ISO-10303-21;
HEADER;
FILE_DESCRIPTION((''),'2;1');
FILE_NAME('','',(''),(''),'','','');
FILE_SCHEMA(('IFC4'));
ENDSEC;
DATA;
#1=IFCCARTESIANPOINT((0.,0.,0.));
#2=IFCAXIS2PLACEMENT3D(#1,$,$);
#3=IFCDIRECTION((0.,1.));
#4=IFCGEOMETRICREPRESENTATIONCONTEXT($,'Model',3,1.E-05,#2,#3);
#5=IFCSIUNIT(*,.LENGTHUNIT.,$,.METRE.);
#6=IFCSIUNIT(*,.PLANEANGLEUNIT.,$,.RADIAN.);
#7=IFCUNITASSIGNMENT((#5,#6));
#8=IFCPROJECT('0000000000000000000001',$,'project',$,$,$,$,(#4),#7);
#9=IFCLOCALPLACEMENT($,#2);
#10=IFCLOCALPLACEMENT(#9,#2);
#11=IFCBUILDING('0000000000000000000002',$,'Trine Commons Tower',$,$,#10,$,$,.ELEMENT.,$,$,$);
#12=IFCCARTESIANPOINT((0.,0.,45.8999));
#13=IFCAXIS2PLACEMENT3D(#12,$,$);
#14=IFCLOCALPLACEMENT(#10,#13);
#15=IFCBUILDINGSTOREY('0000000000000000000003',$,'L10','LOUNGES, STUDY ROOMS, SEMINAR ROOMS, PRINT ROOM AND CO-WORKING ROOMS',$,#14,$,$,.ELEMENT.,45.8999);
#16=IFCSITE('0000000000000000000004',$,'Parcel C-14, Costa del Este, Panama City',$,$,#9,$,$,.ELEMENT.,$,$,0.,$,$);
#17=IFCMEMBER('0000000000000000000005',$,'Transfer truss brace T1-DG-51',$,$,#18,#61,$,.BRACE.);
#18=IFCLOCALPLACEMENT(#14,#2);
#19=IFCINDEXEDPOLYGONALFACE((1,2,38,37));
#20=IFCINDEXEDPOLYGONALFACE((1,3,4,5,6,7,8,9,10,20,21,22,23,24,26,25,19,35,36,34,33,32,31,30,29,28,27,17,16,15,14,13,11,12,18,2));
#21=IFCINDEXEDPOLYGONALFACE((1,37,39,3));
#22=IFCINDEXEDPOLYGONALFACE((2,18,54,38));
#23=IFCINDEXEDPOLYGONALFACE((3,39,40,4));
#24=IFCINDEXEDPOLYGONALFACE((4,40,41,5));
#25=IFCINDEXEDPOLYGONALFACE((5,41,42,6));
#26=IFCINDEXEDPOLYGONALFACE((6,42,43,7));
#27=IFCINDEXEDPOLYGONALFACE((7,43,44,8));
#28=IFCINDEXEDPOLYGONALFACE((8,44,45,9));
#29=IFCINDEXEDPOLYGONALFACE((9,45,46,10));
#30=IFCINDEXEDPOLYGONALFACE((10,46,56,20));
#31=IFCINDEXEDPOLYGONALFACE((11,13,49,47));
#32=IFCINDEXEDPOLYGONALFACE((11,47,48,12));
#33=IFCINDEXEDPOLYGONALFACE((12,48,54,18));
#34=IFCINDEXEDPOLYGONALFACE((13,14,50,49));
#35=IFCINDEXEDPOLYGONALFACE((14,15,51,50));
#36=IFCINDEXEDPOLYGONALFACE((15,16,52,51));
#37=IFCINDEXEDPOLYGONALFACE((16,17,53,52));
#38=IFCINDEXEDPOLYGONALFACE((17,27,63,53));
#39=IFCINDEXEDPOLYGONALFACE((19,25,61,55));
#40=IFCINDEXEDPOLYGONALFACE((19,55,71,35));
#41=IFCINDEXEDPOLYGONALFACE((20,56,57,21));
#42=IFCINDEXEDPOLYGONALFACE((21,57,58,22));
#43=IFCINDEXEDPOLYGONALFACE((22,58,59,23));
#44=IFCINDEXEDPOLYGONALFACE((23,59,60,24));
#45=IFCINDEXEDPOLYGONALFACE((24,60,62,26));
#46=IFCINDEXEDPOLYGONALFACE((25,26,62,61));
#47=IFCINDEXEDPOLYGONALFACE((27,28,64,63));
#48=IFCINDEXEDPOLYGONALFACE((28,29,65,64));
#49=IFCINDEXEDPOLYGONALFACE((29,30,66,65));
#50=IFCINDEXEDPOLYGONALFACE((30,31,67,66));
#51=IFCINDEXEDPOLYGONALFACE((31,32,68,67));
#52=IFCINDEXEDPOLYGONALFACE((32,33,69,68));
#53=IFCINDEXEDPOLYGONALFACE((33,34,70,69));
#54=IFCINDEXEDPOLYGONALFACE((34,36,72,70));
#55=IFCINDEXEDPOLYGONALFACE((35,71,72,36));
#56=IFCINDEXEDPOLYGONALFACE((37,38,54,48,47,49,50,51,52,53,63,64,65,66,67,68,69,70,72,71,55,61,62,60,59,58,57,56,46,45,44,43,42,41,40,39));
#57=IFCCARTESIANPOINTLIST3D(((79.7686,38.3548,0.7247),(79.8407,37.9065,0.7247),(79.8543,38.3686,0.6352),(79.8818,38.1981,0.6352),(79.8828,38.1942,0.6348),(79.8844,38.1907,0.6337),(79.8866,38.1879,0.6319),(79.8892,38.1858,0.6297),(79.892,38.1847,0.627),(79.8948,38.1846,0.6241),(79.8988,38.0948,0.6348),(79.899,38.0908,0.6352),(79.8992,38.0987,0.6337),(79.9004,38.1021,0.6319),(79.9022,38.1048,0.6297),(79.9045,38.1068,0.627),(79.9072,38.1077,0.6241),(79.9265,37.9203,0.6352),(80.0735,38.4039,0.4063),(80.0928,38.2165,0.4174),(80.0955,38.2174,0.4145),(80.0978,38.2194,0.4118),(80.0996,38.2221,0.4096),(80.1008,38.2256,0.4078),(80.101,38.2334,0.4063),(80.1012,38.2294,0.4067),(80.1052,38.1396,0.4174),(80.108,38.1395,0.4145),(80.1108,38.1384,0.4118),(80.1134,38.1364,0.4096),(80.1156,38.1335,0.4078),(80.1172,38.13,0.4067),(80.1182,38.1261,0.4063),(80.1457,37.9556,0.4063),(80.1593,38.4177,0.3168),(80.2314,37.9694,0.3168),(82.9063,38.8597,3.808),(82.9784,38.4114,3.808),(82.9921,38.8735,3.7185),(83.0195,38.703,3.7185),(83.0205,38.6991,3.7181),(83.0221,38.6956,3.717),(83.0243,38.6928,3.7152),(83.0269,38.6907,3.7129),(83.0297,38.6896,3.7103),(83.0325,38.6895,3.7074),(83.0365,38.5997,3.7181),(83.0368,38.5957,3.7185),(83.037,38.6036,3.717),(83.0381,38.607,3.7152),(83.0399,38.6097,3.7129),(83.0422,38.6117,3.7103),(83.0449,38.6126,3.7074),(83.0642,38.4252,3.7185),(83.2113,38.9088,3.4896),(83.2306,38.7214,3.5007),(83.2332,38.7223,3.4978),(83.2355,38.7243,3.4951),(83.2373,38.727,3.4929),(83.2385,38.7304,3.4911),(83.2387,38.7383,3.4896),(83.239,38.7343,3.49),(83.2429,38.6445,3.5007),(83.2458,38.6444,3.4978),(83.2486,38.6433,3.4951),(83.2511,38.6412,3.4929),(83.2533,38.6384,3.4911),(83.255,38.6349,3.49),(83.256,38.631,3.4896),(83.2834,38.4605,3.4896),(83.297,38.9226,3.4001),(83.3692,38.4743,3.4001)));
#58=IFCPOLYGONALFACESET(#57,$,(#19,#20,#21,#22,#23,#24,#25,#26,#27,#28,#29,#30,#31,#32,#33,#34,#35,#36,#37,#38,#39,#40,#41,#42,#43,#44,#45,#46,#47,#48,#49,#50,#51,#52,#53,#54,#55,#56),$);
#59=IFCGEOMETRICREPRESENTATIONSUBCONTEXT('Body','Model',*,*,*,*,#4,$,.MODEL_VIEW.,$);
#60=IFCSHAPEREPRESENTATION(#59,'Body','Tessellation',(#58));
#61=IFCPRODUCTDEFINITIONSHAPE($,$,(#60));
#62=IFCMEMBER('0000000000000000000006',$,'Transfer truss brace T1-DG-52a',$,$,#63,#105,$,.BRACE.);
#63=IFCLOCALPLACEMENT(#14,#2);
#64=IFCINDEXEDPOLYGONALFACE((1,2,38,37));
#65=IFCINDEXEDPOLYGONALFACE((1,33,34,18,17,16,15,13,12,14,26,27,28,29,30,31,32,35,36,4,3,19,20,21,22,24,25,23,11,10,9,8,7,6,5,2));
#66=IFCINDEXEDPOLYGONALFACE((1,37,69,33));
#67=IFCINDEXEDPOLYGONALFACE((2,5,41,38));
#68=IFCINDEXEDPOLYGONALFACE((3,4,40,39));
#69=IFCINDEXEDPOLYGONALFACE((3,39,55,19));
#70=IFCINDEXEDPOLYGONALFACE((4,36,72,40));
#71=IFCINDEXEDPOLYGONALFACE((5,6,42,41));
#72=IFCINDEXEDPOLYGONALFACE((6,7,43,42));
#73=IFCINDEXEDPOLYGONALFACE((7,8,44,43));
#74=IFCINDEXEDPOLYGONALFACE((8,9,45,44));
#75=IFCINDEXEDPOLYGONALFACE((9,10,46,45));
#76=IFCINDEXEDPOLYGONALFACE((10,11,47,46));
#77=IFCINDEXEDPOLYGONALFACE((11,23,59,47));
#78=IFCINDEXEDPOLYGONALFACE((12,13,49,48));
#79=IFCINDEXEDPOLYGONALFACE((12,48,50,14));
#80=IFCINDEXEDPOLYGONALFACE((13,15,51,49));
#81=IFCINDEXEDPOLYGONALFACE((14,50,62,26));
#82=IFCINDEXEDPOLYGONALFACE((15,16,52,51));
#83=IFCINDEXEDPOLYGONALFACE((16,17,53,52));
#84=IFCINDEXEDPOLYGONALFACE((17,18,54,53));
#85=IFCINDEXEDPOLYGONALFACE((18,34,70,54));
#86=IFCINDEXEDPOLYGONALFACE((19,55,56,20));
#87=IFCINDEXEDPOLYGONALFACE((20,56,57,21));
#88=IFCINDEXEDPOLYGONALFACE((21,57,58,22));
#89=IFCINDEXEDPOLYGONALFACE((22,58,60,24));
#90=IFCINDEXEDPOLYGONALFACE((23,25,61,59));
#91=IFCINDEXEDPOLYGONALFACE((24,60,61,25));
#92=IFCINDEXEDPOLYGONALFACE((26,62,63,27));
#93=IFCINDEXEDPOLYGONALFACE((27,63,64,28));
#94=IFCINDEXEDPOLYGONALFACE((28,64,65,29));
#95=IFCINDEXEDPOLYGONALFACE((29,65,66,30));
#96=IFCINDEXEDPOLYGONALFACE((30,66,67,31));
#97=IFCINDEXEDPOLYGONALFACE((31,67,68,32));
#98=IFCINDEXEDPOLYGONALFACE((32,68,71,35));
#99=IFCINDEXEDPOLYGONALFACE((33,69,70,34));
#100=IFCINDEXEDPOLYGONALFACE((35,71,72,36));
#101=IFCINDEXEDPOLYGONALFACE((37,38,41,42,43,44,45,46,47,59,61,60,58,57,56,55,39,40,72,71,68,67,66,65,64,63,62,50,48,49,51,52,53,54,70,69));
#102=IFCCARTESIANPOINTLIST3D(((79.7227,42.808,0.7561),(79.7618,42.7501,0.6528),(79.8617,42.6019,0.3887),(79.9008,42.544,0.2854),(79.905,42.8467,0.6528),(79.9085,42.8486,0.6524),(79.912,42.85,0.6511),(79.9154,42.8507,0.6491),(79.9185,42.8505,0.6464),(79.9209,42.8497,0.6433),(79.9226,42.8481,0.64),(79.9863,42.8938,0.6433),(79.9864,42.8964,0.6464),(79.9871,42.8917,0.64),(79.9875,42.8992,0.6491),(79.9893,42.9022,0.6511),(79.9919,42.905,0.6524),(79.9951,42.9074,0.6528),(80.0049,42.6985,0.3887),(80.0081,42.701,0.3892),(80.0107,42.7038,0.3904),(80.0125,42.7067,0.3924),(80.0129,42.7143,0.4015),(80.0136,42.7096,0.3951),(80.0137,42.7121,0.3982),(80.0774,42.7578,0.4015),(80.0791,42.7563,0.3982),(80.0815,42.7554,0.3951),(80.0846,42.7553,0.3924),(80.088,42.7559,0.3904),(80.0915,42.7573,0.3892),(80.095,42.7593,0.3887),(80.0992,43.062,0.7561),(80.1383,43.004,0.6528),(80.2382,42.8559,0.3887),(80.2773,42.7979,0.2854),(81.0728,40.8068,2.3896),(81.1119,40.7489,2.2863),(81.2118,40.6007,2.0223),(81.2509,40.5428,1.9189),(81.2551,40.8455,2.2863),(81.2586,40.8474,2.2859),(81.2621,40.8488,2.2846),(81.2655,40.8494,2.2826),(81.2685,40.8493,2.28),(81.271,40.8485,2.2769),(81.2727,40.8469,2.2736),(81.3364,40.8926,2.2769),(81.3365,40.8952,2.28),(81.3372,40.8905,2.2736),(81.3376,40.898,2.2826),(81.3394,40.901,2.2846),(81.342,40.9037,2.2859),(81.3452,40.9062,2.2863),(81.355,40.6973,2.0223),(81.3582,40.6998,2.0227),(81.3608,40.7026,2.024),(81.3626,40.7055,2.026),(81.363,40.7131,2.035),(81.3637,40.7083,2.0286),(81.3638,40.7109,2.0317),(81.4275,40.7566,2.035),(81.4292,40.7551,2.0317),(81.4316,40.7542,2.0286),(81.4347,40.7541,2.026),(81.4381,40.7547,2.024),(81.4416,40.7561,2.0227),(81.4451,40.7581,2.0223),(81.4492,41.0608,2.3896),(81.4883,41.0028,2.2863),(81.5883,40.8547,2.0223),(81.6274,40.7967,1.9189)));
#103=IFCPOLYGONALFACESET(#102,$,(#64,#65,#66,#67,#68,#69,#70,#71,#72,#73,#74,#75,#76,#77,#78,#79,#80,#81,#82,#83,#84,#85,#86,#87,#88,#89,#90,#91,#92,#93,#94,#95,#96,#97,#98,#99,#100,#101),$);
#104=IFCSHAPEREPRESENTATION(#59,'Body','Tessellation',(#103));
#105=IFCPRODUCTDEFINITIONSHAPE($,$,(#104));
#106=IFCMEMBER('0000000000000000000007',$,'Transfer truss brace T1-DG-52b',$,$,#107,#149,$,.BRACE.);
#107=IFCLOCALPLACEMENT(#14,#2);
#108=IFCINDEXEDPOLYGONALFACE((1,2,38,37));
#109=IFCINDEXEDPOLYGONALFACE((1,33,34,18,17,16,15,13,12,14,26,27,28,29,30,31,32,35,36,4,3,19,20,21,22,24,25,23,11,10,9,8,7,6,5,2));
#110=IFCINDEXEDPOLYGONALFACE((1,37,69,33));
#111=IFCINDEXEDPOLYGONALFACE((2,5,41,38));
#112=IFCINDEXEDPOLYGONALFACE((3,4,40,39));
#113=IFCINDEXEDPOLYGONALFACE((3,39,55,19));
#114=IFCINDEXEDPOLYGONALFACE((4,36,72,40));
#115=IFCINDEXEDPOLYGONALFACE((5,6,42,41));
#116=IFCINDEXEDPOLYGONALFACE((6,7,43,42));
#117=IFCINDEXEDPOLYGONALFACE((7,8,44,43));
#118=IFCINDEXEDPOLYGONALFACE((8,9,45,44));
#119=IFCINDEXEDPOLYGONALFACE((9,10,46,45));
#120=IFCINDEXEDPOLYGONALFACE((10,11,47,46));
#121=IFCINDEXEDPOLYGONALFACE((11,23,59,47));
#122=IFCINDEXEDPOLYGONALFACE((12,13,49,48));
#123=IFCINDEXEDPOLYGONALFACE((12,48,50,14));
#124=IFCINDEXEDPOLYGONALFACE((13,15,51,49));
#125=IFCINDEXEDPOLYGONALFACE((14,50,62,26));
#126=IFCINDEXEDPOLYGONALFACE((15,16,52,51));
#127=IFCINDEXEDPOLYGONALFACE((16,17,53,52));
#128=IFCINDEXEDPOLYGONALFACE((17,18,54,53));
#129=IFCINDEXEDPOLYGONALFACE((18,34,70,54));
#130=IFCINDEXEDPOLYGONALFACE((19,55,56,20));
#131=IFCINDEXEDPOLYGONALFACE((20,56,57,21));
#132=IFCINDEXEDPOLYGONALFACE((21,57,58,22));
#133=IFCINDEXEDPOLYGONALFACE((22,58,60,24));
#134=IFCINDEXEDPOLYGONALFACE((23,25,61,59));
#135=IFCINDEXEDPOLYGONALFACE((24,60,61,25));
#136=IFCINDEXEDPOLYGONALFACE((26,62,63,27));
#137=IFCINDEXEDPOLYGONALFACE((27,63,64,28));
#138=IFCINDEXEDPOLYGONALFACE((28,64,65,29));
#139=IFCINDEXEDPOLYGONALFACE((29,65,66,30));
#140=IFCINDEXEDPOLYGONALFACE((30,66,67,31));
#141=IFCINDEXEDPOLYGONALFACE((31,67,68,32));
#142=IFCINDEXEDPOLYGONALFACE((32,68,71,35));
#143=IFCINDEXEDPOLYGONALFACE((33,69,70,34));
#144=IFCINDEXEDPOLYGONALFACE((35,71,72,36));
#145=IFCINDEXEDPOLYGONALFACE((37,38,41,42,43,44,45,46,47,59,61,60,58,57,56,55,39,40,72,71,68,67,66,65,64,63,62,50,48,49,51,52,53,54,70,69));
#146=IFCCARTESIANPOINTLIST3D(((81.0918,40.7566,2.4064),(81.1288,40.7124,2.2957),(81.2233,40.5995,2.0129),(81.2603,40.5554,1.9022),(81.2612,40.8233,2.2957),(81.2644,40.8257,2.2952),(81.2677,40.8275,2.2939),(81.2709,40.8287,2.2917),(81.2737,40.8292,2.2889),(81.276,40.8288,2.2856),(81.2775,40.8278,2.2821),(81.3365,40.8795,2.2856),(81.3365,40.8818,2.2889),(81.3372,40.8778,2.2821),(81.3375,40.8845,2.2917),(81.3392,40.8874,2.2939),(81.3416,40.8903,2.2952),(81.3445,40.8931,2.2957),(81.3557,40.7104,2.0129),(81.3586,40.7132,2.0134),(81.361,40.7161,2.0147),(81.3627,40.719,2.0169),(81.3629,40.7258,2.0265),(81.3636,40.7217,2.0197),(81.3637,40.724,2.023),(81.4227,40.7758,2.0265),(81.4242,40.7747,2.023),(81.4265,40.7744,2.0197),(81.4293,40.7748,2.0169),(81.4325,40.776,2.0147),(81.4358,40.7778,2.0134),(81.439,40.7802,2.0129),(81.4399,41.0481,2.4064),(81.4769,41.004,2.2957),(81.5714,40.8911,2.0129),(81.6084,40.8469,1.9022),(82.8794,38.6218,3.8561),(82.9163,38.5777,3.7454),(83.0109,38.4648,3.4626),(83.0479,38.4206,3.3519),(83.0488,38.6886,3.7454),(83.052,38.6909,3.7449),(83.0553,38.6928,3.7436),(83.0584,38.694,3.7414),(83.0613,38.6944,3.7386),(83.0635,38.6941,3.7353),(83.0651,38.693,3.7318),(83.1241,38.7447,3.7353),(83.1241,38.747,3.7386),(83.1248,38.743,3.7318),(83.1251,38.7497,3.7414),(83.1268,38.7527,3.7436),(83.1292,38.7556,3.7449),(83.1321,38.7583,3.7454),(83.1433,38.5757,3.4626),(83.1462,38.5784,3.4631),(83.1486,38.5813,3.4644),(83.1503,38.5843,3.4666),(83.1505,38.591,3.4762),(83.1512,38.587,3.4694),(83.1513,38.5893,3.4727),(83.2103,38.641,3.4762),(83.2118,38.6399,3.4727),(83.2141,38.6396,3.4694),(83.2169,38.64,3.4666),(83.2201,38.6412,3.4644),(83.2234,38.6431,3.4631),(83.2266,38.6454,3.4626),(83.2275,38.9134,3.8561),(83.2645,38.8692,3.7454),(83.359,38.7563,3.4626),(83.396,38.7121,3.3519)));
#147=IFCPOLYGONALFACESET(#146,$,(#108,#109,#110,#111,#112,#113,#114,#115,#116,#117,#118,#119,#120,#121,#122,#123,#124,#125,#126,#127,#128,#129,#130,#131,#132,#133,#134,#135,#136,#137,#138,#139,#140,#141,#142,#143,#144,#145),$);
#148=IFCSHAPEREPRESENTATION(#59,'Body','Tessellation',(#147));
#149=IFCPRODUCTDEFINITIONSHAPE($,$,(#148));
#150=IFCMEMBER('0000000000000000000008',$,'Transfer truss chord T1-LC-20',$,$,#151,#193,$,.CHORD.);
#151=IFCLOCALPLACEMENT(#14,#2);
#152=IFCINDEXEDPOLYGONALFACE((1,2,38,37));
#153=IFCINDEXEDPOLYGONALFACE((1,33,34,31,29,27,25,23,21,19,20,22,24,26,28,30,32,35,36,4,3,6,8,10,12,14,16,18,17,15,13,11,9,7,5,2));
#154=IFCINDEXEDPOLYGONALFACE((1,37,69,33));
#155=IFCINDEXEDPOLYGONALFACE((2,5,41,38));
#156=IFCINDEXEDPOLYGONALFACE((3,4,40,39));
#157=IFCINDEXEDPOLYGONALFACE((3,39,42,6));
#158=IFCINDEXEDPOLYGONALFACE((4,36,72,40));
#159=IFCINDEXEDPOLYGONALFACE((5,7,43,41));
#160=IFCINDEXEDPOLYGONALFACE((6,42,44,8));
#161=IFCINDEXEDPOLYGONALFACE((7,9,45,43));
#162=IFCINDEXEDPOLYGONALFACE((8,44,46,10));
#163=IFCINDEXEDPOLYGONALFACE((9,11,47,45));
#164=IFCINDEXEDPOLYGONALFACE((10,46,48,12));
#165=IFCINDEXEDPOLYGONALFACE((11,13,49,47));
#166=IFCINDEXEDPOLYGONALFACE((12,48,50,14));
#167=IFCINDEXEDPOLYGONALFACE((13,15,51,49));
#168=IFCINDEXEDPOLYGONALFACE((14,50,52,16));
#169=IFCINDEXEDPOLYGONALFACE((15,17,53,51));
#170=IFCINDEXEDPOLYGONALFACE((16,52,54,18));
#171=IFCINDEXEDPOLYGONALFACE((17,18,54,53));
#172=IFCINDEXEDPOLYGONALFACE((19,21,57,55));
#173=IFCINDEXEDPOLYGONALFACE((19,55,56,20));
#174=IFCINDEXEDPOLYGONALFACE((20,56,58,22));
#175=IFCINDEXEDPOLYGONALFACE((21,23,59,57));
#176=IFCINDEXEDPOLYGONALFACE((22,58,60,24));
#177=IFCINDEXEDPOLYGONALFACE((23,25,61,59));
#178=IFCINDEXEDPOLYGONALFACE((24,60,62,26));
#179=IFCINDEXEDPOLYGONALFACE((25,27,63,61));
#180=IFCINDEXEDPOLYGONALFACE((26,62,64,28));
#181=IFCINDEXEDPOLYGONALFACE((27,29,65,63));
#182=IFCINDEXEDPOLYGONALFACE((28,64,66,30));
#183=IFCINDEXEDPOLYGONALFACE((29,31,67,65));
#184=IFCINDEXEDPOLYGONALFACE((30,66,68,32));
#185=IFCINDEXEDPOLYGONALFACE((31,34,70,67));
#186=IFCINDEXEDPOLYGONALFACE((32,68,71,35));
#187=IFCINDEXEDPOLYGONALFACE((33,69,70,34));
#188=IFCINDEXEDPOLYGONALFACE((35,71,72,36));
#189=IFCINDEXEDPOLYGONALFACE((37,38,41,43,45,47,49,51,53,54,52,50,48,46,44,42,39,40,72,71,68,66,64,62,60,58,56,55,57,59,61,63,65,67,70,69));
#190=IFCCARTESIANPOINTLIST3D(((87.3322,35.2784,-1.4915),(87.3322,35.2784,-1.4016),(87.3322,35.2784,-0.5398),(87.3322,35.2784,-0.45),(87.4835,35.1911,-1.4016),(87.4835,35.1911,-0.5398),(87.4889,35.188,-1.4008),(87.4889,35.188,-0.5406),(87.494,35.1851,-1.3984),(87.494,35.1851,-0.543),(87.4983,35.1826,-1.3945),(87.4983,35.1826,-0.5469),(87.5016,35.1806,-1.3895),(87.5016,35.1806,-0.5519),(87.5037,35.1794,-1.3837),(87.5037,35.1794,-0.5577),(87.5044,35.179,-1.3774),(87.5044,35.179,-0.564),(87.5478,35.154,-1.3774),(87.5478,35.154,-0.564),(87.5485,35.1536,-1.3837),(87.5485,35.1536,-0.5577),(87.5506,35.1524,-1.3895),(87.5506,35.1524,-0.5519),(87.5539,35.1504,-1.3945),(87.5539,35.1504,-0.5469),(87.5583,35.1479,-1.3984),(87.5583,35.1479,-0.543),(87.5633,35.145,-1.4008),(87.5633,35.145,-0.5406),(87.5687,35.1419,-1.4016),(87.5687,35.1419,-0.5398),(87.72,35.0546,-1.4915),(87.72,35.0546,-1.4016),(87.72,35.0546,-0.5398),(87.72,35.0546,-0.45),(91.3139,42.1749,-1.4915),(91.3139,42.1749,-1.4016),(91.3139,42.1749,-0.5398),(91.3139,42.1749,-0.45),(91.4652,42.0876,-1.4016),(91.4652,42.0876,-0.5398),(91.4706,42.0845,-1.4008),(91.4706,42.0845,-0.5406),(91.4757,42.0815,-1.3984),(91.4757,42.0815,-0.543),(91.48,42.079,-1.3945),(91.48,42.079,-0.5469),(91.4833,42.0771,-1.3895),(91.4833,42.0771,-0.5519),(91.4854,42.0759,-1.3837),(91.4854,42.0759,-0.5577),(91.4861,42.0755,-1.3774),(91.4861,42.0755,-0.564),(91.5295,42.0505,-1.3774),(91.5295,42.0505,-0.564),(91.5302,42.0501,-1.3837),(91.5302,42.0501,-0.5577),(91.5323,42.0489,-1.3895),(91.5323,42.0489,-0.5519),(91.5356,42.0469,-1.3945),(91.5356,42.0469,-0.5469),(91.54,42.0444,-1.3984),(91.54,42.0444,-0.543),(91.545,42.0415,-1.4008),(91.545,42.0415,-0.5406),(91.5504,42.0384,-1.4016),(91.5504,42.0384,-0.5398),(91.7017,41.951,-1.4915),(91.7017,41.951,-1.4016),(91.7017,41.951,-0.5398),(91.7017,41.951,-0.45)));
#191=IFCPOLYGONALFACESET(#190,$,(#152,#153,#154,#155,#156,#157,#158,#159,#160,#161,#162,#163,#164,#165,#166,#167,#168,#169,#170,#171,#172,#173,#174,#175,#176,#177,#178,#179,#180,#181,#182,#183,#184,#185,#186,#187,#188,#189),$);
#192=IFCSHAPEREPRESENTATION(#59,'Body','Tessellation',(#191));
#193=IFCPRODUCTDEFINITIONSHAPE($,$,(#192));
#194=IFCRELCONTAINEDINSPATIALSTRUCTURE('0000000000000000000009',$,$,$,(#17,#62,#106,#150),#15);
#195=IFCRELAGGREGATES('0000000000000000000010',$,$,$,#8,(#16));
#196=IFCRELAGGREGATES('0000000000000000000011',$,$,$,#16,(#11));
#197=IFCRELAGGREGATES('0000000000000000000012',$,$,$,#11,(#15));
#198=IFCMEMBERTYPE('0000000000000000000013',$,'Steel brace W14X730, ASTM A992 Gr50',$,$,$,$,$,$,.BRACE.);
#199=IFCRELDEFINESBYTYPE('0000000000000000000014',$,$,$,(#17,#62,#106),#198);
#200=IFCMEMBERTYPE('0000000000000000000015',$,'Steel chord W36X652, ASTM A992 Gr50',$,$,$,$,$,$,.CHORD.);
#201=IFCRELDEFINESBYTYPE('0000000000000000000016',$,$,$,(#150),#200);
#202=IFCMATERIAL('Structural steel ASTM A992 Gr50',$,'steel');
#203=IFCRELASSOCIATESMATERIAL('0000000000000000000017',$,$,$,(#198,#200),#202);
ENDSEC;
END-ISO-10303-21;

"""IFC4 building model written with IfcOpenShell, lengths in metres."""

from ifc_helpers import new_model, si_unit, direction, frame, origin, origin_2d, place, context, subcontext, project, spatial, i_section, extrude, material, material_profile, profile_set, type_object, element, save


model = new_model("IFC4")

# Units and contexts
model_context = context("Model", 3, precision=1e-05, world=origin(), true_north=direction((0.0, 1.0)))
body_context = subcontext(model_context, "Body", "Model", "MODEL_VIEW")
ifc_project = project(units=[si_unit("LENGTHUNIT", "METRE"), si_unit("PLANEANGLEUNIT", "RADIAN")], contexts=[model_context])

# Site, building, storey
site_placement = place(None, origin())
site = spatial("IfcSite", under=ifc_project, at=site_placement, Name="Parcel C-14, Costa del Este, Panama City", CompositionType="ELEMENT", RefElevation=0.0)
building_placement = place(site_placement, origin())
building = spatial("IfcBuilding", under=site, at=building_placement, Name="Trine Commons Tower", CompositionType="ELEMENT")
storey_placement = place(building_placement, frame((0.0, 0.0, 45.8999)))
storey = spatial("IfcBuildingStorey", under=building, at=storey_placement, Name="L10", Description="LOUNGES, STUDY ROOMS, SEMINAR ROOMS, PRINT ROOM AND CO-WORKING ROOMS", CompositionType="ELEMENT", Elevation=45.8999)

# Members
ifc_material_1 = material(Name="Structural steel ASTM A992 Gr50", Category="steel")
ifc_material_profile_1 = material_profile(ifc_material_1, i_section(OverallWidth=0.4541, OverallDepth=0.5684, WebThickness=0.0779, FlangeThickness=0.1248, FilletRadius=0.0154, at=origin_2d()), Name="W14X730")
ifc_profile_set_1 = profile_set([ifc_material_profile_1], Name="Structural steel ASTM A992 Gr50")
member_type_1 = type_object("IfcMemberType", Name="Steel brace W14X730, ASTM A992 Gr50", PredefinedType="BRACE", material=ifc_profile_set_1)
member_1_placement = place(storey_placement, frame((80.0, 38.1621, 0.5208), z_axis=(0.708616, 0.114023, 0.696321), x_axis=(-0.158865, 0.9873, 0.0)))
element("IfcMember", 1, at=member_1_placement, inside=storey, type_object=member_type_1, Name="Transfer truss brace T1-DG-51", PredefinedType="BRACE", context=body_context, shape_type="SweptSolid", body=[
    extrude(i_section(OverallWidth=0.4541, OverallDepth=0.5684, WebThickness=0.0779, FlangeThickness=0.1248, FilletRadius=0.0154, at=origin_2d()), origin(), (0.0, 0.0, 1.0), 4.428),
])
member_2_placement = place(storey_placement, frame((80.0, 42.803, 0.5208), z_axis=(0.463185, -0.68657, 0.560429), x_axis=(0.828988, 0.559266, 0.0)))
element("IfcMember", 2, at=member_2_placement, inside=storey, type_object=member_type_1, Name="Transfer truss brace T1-DG-52a", PredefinedType="BRACE", context=body_context, shape_type="SweptSolid", body=[
    extrude(i_section(OverallWidth=0.4541, OverallDepth=0.5684, WebThickness=0.0779, FlangeThickness=0.1248, FilletRadius=0.0154, at=origin_2d()), origin(), (0.0, 0.0, 1.0), 2.9148),
])
member_3_placement = place(storey_placement, frame((81.3501, 40.8018, 2.1543), z_axis=(0.569449, -0.680042, 0.461812), x_axis=(0.766695, 0.642011, 0.0)))
element("IfcMember", 3, at=member_3_placement, inside=storey, type_object=member_type_1, Name="Transfer truss brace T1-DG-52b", PredefinedType="BRACE", context=body_context, shape_type="SweptSolid", body=[
    extrude(i_section(OverallWidth=0.4541, OverallDepth=0.5684, WebThickness=0.0779, FlangeThickness=0.1248, FilletRadius=0.0154, at=origin_2d()), origin(), (0.0, 0.0, 1.0), 3.1392),
])
ifc_material_profile_2 = material_profile(ifc_material_1, i_section(OverallWidth=0.4478, OverallDepth=1.0415, WebThickness=0.05, FlangeThickness=0.0898, FilletRadius=0.0242, at=origin_2d()), Name="W36X652")
ifc_profile_set_2 = profile_set([ifc_material_profile_2], Name="Structural steel ASTM A992 Gr50")
member_type_2 = type_object("IfcMemberType", Name="Steel chord W36X652, ASTM A992 Gr50", PredefinedType="CHORD", material=ifc_profile_set_2)
for number, where, z_axis, x_axis, name in (
    (4, (91.5078, 42.063, -0.9707), (-0.5, -0.866025, 0.0), (0.866025, -0.5, 0.0), "Transfer truss chord T1-LC-20"),
):
    element("IfcMember", number, at=place(storey_placement, frame(where, z_axis=z_axis, x_axis=x_axis)), inside=storey, type_object=member_type_2, Name=name, PredefinedType="CHORD", context=body_context, shape_type="SweptSolid", body=[
        extrude(i_section(OverallWidth=0.4478, OverallDepth=1.0415, WebThickness=0.05, FlangeThickness=0.0898, FilletRadius=0.0242, at=origin_2d()), origin(), (0.0, 0.0, 1.0), 7.9634),
    ])

save(model, "model.ifc")
